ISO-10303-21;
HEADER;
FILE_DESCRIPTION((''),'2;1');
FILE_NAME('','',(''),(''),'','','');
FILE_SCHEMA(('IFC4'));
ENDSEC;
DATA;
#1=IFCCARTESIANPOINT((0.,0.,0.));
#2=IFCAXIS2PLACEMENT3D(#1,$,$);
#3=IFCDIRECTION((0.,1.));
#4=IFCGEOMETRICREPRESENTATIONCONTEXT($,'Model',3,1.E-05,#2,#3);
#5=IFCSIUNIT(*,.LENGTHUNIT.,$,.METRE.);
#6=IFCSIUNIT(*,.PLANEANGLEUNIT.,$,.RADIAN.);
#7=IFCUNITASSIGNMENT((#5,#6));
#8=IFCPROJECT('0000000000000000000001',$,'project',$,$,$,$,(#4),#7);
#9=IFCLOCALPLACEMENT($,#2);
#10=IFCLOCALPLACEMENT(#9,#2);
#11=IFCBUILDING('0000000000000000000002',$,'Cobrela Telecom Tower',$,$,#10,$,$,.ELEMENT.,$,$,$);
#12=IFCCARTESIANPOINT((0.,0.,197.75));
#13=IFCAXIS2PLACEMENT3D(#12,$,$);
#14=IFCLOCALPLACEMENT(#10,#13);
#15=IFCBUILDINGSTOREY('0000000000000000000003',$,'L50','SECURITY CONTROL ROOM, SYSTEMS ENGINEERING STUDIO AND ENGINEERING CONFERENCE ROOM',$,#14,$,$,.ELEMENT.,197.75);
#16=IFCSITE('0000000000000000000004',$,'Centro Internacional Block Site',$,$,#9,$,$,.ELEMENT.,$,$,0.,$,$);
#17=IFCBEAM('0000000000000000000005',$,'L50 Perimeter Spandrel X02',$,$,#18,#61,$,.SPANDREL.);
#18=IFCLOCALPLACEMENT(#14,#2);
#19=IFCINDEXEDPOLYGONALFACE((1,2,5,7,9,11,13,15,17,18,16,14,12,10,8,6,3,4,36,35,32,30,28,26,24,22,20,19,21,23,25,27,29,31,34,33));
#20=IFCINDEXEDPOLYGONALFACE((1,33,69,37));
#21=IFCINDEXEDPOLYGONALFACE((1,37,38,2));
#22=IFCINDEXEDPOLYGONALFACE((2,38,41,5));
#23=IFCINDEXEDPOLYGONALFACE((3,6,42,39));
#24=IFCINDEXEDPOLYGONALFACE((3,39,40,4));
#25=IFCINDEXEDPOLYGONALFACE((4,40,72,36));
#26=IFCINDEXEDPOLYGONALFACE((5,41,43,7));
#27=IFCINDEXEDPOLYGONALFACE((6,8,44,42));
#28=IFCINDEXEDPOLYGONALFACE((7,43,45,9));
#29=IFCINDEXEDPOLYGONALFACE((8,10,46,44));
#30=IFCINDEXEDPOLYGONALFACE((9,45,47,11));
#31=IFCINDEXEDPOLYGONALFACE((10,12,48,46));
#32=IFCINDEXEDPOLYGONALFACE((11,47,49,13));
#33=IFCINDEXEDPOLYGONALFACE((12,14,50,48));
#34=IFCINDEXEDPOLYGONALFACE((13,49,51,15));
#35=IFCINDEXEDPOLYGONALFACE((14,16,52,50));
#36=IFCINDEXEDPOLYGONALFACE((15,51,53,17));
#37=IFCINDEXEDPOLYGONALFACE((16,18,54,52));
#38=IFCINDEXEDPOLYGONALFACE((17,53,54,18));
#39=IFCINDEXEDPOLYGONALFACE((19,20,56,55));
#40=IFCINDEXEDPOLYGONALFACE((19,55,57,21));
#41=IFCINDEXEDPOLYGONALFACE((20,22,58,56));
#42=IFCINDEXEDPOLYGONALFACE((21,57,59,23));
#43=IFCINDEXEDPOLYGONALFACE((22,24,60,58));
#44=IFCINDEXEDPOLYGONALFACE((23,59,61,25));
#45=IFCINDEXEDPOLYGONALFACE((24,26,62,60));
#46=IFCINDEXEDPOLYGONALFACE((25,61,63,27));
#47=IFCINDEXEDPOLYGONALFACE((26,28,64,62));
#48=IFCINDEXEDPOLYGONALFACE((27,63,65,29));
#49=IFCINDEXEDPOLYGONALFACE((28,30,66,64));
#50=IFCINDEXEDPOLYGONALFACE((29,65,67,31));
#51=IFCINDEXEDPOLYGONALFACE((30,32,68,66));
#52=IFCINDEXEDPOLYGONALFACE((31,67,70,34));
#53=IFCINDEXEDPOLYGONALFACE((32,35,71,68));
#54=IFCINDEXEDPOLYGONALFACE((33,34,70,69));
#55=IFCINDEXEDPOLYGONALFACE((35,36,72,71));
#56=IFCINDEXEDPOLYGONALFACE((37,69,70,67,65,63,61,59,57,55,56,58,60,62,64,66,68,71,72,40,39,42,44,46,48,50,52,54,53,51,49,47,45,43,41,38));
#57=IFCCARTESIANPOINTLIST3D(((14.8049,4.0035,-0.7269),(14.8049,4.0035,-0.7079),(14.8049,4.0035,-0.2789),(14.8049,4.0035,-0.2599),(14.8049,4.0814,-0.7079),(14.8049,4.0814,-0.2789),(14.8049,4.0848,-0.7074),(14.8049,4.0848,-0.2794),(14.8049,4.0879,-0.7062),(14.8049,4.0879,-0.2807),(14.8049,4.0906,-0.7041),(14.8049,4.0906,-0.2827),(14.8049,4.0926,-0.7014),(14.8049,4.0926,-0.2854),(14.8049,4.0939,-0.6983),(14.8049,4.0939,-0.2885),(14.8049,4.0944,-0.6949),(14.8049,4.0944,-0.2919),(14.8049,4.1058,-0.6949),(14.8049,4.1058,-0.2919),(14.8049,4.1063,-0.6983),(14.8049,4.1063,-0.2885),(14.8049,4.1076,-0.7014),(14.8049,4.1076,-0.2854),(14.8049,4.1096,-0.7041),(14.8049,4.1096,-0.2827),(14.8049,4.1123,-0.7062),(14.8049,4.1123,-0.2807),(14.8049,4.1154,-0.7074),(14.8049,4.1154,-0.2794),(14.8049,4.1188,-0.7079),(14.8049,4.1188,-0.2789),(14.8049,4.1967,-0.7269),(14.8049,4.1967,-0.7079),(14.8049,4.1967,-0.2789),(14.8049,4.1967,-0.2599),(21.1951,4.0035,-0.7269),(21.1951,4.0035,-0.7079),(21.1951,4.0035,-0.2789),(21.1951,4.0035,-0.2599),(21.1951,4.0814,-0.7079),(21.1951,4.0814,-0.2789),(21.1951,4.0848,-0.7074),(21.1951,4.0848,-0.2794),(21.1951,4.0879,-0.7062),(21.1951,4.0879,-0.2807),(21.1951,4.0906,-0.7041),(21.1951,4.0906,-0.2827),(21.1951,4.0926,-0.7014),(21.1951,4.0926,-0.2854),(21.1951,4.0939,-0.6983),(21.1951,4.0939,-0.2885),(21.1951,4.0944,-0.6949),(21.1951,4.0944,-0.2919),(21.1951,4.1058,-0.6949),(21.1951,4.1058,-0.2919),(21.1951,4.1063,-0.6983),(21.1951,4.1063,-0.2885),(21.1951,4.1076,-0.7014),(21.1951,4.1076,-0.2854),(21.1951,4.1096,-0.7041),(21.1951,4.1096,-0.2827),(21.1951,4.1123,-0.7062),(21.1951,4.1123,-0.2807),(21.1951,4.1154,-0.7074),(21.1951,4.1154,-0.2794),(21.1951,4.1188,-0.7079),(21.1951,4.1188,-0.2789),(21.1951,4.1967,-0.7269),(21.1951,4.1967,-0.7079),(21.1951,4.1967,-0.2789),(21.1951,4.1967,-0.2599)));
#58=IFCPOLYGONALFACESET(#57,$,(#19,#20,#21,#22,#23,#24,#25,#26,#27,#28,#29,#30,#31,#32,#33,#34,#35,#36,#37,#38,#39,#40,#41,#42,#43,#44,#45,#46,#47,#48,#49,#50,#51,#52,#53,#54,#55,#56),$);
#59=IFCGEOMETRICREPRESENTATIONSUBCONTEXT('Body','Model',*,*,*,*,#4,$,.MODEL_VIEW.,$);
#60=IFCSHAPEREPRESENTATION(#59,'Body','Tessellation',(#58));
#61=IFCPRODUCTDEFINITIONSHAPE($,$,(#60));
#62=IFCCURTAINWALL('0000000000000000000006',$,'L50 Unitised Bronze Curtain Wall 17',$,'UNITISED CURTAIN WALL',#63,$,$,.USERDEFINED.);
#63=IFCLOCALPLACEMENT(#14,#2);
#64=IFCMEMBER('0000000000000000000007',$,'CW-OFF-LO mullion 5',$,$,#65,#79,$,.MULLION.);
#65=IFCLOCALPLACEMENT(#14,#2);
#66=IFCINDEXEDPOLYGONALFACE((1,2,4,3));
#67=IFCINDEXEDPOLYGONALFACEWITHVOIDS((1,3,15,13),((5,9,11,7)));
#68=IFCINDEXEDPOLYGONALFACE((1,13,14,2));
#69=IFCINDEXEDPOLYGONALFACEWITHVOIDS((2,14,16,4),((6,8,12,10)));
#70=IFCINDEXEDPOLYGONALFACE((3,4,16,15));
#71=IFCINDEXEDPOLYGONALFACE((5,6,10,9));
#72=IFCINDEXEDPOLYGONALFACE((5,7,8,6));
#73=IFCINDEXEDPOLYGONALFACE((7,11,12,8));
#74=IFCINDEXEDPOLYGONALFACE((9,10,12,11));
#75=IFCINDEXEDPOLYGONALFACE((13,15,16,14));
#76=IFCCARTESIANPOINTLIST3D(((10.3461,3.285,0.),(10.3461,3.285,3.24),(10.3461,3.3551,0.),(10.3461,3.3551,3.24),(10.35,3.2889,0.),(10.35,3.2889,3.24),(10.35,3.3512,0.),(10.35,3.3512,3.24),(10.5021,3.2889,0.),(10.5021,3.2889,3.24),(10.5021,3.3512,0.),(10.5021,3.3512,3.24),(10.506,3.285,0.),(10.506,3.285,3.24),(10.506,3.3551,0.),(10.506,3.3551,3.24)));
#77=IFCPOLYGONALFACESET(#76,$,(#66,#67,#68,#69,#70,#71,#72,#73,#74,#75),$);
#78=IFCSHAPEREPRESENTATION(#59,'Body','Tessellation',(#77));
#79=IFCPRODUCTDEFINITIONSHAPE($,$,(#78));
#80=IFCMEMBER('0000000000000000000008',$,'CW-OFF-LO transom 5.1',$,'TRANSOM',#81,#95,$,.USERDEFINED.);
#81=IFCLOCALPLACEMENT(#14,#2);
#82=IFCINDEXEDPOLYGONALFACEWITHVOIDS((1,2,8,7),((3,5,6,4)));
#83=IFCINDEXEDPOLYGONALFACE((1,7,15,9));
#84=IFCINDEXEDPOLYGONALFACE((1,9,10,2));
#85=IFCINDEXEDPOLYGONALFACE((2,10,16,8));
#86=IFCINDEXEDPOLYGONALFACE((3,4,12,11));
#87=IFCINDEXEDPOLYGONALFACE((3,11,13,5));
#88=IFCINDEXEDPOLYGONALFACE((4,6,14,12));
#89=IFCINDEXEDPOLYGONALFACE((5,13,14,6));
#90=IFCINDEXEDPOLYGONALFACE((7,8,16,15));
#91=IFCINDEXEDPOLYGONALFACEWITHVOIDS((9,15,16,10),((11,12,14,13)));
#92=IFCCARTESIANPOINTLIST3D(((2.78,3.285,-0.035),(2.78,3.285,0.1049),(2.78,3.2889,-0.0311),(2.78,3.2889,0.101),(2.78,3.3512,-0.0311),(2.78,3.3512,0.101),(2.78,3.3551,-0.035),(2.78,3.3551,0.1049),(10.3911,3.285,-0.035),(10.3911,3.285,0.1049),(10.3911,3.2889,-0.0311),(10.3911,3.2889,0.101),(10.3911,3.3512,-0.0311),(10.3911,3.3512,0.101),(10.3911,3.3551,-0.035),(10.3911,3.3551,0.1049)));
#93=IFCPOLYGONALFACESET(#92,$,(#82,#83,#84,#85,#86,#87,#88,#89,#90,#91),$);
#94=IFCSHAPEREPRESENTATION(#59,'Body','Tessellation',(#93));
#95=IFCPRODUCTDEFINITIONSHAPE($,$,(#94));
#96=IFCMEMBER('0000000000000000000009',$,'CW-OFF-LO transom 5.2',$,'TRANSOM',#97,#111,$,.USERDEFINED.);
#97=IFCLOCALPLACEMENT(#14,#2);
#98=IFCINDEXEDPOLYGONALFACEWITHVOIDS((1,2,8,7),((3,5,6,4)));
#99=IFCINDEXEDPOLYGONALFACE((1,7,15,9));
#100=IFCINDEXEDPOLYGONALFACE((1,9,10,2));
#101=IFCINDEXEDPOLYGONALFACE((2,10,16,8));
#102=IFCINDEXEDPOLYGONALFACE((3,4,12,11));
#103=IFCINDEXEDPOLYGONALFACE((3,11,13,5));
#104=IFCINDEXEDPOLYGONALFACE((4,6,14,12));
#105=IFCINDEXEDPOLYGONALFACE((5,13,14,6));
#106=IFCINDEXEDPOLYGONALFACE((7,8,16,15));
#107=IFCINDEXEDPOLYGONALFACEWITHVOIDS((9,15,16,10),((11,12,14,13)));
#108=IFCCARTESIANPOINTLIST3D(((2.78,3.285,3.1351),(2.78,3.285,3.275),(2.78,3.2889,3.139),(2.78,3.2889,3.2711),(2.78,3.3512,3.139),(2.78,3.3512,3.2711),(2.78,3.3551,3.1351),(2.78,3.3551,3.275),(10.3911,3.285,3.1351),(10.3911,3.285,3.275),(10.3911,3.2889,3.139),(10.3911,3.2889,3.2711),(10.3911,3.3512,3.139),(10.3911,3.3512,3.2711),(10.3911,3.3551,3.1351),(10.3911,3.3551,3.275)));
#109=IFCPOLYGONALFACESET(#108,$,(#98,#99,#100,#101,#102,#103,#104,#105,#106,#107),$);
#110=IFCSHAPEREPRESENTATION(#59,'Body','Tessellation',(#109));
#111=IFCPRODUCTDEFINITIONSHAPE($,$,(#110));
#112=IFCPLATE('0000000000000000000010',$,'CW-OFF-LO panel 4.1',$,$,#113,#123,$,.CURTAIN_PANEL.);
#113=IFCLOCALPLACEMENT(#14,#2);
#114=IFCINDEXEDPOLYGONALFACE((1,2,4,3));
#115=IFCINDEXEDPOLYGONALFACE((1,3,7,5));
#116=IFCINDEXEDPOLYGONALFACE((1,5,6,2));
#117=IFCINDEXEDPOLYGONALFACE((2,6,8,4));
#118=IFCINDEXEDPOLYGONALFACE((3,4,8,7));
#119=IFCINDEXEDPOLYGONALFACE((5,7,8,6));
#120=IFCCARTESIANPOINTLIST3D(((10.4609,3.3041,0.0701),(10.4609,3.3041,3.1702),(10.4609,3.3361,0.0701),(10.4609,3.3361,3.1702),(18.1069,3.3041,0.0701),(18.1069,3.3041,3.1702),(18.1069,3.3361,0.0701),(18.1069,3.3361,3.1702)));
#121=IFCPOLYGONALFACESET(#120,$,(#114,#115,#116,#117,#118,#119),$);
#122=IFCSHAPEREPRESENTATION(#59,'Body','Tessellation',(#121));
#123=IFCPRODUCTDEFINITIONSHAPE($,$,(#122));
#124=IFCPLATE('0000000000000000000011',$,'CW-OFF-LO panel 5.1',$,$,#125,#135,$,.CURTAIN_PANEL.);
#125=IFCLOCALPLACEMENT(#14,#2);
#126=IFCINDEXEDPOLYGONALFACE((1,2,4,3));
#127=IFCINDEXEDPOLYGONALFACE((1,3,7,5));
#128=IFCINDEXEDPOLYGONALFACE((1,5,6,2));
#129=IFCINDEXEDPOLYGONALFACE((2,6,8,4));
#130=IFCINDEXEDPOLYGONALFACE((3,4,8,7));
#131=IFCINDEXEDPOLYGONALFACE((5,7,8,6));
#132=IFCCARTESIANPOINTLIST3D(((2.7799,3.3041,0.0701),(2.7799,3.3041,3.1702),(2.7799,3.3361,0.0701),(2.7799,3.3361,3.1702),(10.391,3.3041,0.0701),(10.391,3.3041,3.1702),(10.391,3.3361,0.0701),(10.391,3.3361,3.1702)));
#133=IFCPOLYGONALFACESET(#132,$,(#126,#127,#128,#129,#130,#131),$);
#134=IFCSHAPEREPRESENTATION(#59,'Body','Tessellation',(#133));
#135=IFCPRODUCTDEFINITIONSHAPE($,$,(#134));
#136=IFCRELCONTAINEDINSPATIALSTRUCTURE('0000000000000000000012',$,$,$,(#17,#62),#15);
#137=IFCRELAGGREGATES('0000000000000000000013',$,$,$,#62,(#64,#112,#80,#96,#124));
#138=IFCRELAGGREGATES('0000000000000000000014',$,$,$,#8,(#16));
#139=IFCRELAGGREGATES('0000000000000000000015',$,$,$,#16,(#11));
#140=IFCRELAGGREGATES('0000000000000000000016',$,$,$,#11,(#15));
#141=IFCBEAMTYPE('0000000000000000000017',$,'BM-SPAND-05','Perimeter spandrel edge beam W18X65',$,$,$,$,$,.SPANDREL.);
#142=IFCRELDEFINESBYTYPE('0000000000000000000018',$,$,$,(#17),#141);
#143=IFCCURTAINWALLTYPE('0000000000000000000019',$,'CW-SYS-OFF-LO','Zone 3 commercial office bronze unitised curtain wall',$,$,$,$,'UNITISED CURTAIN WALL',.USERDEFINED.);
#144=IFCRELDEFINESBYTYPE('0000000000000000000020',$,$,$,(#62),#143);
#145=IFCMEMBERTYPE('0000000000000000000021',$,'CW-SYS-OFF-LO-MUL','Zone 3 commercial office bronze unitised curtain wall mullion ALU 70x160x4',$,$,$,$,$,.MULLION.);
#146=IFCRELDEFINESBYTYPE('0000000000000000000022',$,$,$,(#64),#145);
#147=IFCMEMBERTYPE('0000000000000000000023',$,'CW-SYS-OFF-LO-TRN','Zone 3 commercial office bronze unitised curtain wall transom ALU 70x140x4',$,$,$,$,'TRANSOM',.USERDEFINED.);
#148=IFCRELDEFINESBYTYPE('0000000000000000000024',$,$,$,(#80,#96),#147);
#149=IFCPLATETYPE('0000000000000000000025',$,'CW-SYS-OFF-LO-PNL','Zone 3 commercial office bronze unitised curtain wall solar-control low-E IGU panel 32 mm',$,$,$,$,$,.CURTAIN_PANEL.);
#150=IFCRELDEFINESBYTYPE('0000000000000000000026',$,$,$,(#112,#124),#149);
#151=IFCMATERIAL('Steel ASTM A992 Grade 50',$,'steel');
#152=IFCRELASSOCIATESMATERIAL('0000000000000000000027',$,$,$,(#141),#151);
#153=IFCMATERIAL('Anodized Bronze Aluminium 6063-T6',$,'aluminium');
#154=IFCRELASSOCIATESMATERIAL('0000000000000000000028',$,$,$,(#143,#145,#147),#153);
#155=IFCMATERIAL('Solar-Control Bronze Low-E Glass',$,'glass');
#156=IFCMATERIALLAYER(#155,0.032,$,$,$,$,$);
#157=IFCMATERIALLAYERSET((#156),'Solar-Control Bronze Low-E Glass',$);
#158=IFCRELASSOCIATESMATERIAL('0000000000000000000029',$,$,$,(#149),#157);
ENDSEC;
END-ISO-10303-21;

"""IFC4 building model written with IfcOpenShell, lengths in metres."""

from ifc_helpers import new_model, si_unit, direction, frame, origin, origin_2d, place, context, subcontext, project, spatial, rectangle, hollow_rectangle, i_section, extrude, material, layer, layer_set, material_profile, profile_set, type_object, element, aggregate, save


model = new_model("IFC4")

# Units and contexts
model_context = context("Model", 3, precision=1e-05, world=origin(), true_north=direction((0.0, 1.0)))
body_context = subcontext(model_context, "Body", "Model", "MODEL_VIEW")
ifc_project = project(units=[si_unit("LENGTHUNIT", "METRE"), si_unit("PLANEANGLEUNIT", "RADIAN")], contexts=[model_context])

# Site, building, storey
site_placement = place(None, origin())
site = spatial("IfcSite", under=ifc_project, at=site_placement, Name="Centro Internacional Block Site", CompositionType="ELEMENT", RefElevation=0.0)
building_placement = place(site_placement, origin())
building = spatial("IfcBuilding", under=site, at=building_placement, Name="Cobrela Telecom Tower", CompositionType="ELEMENT")
storey_placement = place(building_placement, frame((0.0, 0.0, 197.75)))
storey = spatial("IfcBuildingStorey", under=building, at=storey_placement, Name="L50", Description="SECURITY CONTROL ROOM, SYSTEMS ENGINEERING STUDIO AND ENGINEERING CONFERENCE ROOM", CompositionType="ELEMENT", Elevation=197.75)

# Beam
ifc_material_1 = material(Name="Steel ASTM A992 Grade 50", Category="steel")
ifc_material_profile_1 = material_profile(ifc_material_1, i_section(OverallWidth=0.1931, OverallDepth=0.467, WebThickness=0.0115, FlangeThickness=0.019, FilletRadius=0.0129, at=origin_2d()), Name="W18X65")
ifc_profile_set_1 = profile_set([ifc_material_profile_1], Name="Steel ASTM A992 Grade 50")
beam_type_1 = type_object("IfcBeamType", Name="BM-SPAND-05", Description="Perimeter spandrel edge beam W18X65", PredefinedType="SPANDREL", material=ifc_profile_set_1)
for number, where, z_axis, x_axis, name in (
    (1, (14.8049, 4.1001, -0.4934), (1.0, 0.0, 0.0), (0.0, 1.0, 0.0), "L50 Perimeter Spandrel X02"),
):
    element("IfcBeam", number, at=place(storey_placement, frame(where, z_axis=z_axis, x_axis=x_axis)), inside=storey, type_object=beam_type_1, Name=name, PredefinedType="SPANDREL", context=body_context, shape_type="SweptSolid", body=[
        extrude(i_section(OverallWidth=0.1931, OverallDepth=0.467, WebThickness=0.0115, FlangeThickness=0.019, FilletRadius=0.0129, at=origin_2d()), origin(), (0.0, 0.0, 1.0), 6.3901),
    ])

# Curtain wall, members, plates
ifc_material_2 = material(Name="Anodized Bronze Aluminium 6063-T6", Category="aluminium")
curtain_wall_type = type_object("IfcCurtainWallType", Name="CW-SYS-OFF-LO", Description="Zone 3 commercial office bronze unitised curtain wall", ElementType="UNITISED CURTAIN WALL", PredefinedType="USERDEFINED", material=ifc_material_2)
curtain_wall_placement = place(storey_placement, origin())
curtain_wall = element("IfcCurtainWall", 2, at=curtain_wall_placement, inside=storey, type_object=curtain_wall_type, Name="L50 Unitised Bronze Curtain Wall 17", ObjectType="UNITISED CURTAIN WALL", PredefinedType="USERDEFINED")
ifc_material_profile_2 = material_profile(ifc_material_2, hollow_rectangle(XDim=0.0701, YDim=0.1599, WallThickness=0.0039, at=origin_2d()), Name="ALU 70x160x4")
ifc_profile_set_2 = profile_set([ifc_material_profile_2], Name="Anodized Bronze Aluminium 6063-T6")
member_type_1 = type_object("IfcMemberType", Name="CW-SYS-OFF-LO-MUL", Description="Zone 3 commercial office bronze unitised curtain wall mullion ALU 70x160x4", PredefinedType="MULLION", material=ifc_profile_set_2)
member_1_placement = place(storey_placement, frame((10.426, 3.3201, 0.0), z_axis=(0.0, 0.0, 1.0), x_axis=(0.0, -1.0, 0.0)))
member_1 = element("IfcMember", 3, at=member_1_placement, type_object=member_type_1, Name="CW-OFF-LO mullion 5", PredefinedType="MULLION", context=body_context, shape_type="SweptSolid", body=[
    extrude(hollow_rectangle(XDim=0.0701, YDim=0.1599, WallThickness=0.0039, at=origin_2d()), origin(), (0.0, 0.0, 1.0), 3.24),
])
ifc_material_profile_3 = material_profile(ifc_material_2, hollow_rectangle(XDim=0.0701, YDim=0.1399, WallThickness=0.0039, at=origin_2d()), Name="ALU 70x140x4")
ifc_profile_set_3 = profile_set([ifc_material_profile_3], Name="Anodized Bronze Aluminium 6063-T6")
member_type_2 = type_object("IfcMemberType", Name="CW-SYS-OFF-LO-TRN", Description="Zone 3 commercial office bronze unitised curtain wall transom ALU 70x140x4", ElementType="TRANSOM", PredefinedType="USERDEFINED", material=ifc_profile_set_3)
member_2_placement = place(storey_placement, frame((10.3911, 3.3201, 0.0349), z_axis=(-1.0, 0.0, 0.0), x_axis=(0.0, -1.0, 0.0)))
member_2 = element("IfcMember", 4, at=member_2_placement, type_object=member_type_2, Name="CW-OFF-LO transom 5.1", ObjectType="TRANSOM", PredefinedType="USERDEFINED", context=body_context, shape_type="SweptSolid", body=[
    extrude(hollow_rectangle(XDim=0.0701, YDim=0.1399, WallThickness=0.0039, at=origin_2d()), origin(), (0.0, 0.0, 1.0), 7.6111),
])
member_3_placement = place(storey_placement, frame((10.3911, 3.3201, 3.2051), z_axis=(-1.0, 0.0, 0.0), x_axis=(0.0, -1.0, 0.0)))
member_3 = element("IfcMember", 5, at=member_3_placement, type_object=member_type_2, Name="CW-OFF-LO transom 5.2", ObjectType="TRANSOM", PredefinedType="USERDEFINED", context=body_context, shape_type="SweptSolid", body=[
    extrude(hollow_rectangle(XDim=0.0701, YDim=0.1399, WallThickness=0.0039, at=origin_2d()), origin(), (0.0, 0.0, 1.0), 7.6111),
])
ifc_material_3 = material(Name="Solar-Control Bronze Low-E Glass", Category="glass")
ifc_layer = layer(ifc_material_3, 0.032)
ifc_layer_set = layer_set([ifc_layer], Name="Solar-Control Bronze Low-E Glass")
plate_type = type_object("IfcPlateType", Name="CW-SYS-OFF-LO-PNL", Description="Zone 3 commercial office bronze unitised curtain wall solar-control low-E IGU panel 32 mm", PredefinedType="CURTAIN_PANEL", material=ifc_layer_set)
plate_1_placement = place(storey_placement, frame((14.2839, 3.3201, 0.0701), z_axis=(0.0, 0.0, 1.0), x_axis=(-1.0, 0.0, 0.0)))
plate_1 = element("IfcPlate", 6, at=plate_1_placement, type_object=plate_type, Name="CW-OFF-LO panel 4.1", PredefinedType="CURTAIN_PANEL", context=body_context, shape_type="SweptSolid", body=[
    extrude(rectangle(XDim=7.646, YDim=0.032, at=origin_2d()), origin(), (0.0, 0.0, 1.0), 3.1001),
])
plate_2_placement = place(storey_placement, frame((6.5854, 3.3201, 0.0701), z_axis=(0.0, 0.0, 1.0), x_axis=(-1.0, 0.0, 0.0)))
plate_2 = element("IfcPlate", 7, at=plate_2_placement, type_object=plate_type, Name="CW-OFF-LO panel 5.1", PredefinedType="CURTAIN_PANEL", context=body_context, shape_type="SweptSolid", body=[
    extrude(rectangle(XDim=7.6111, YDim=0.032, at=origin_2d()), origin(), (0.0, 0.0, 1.0), 3.1001),
])
aggregate(curtain_wall, [member_1, plate_1, member_2, member_3, plate_2])

save(model, "model.ifc")
